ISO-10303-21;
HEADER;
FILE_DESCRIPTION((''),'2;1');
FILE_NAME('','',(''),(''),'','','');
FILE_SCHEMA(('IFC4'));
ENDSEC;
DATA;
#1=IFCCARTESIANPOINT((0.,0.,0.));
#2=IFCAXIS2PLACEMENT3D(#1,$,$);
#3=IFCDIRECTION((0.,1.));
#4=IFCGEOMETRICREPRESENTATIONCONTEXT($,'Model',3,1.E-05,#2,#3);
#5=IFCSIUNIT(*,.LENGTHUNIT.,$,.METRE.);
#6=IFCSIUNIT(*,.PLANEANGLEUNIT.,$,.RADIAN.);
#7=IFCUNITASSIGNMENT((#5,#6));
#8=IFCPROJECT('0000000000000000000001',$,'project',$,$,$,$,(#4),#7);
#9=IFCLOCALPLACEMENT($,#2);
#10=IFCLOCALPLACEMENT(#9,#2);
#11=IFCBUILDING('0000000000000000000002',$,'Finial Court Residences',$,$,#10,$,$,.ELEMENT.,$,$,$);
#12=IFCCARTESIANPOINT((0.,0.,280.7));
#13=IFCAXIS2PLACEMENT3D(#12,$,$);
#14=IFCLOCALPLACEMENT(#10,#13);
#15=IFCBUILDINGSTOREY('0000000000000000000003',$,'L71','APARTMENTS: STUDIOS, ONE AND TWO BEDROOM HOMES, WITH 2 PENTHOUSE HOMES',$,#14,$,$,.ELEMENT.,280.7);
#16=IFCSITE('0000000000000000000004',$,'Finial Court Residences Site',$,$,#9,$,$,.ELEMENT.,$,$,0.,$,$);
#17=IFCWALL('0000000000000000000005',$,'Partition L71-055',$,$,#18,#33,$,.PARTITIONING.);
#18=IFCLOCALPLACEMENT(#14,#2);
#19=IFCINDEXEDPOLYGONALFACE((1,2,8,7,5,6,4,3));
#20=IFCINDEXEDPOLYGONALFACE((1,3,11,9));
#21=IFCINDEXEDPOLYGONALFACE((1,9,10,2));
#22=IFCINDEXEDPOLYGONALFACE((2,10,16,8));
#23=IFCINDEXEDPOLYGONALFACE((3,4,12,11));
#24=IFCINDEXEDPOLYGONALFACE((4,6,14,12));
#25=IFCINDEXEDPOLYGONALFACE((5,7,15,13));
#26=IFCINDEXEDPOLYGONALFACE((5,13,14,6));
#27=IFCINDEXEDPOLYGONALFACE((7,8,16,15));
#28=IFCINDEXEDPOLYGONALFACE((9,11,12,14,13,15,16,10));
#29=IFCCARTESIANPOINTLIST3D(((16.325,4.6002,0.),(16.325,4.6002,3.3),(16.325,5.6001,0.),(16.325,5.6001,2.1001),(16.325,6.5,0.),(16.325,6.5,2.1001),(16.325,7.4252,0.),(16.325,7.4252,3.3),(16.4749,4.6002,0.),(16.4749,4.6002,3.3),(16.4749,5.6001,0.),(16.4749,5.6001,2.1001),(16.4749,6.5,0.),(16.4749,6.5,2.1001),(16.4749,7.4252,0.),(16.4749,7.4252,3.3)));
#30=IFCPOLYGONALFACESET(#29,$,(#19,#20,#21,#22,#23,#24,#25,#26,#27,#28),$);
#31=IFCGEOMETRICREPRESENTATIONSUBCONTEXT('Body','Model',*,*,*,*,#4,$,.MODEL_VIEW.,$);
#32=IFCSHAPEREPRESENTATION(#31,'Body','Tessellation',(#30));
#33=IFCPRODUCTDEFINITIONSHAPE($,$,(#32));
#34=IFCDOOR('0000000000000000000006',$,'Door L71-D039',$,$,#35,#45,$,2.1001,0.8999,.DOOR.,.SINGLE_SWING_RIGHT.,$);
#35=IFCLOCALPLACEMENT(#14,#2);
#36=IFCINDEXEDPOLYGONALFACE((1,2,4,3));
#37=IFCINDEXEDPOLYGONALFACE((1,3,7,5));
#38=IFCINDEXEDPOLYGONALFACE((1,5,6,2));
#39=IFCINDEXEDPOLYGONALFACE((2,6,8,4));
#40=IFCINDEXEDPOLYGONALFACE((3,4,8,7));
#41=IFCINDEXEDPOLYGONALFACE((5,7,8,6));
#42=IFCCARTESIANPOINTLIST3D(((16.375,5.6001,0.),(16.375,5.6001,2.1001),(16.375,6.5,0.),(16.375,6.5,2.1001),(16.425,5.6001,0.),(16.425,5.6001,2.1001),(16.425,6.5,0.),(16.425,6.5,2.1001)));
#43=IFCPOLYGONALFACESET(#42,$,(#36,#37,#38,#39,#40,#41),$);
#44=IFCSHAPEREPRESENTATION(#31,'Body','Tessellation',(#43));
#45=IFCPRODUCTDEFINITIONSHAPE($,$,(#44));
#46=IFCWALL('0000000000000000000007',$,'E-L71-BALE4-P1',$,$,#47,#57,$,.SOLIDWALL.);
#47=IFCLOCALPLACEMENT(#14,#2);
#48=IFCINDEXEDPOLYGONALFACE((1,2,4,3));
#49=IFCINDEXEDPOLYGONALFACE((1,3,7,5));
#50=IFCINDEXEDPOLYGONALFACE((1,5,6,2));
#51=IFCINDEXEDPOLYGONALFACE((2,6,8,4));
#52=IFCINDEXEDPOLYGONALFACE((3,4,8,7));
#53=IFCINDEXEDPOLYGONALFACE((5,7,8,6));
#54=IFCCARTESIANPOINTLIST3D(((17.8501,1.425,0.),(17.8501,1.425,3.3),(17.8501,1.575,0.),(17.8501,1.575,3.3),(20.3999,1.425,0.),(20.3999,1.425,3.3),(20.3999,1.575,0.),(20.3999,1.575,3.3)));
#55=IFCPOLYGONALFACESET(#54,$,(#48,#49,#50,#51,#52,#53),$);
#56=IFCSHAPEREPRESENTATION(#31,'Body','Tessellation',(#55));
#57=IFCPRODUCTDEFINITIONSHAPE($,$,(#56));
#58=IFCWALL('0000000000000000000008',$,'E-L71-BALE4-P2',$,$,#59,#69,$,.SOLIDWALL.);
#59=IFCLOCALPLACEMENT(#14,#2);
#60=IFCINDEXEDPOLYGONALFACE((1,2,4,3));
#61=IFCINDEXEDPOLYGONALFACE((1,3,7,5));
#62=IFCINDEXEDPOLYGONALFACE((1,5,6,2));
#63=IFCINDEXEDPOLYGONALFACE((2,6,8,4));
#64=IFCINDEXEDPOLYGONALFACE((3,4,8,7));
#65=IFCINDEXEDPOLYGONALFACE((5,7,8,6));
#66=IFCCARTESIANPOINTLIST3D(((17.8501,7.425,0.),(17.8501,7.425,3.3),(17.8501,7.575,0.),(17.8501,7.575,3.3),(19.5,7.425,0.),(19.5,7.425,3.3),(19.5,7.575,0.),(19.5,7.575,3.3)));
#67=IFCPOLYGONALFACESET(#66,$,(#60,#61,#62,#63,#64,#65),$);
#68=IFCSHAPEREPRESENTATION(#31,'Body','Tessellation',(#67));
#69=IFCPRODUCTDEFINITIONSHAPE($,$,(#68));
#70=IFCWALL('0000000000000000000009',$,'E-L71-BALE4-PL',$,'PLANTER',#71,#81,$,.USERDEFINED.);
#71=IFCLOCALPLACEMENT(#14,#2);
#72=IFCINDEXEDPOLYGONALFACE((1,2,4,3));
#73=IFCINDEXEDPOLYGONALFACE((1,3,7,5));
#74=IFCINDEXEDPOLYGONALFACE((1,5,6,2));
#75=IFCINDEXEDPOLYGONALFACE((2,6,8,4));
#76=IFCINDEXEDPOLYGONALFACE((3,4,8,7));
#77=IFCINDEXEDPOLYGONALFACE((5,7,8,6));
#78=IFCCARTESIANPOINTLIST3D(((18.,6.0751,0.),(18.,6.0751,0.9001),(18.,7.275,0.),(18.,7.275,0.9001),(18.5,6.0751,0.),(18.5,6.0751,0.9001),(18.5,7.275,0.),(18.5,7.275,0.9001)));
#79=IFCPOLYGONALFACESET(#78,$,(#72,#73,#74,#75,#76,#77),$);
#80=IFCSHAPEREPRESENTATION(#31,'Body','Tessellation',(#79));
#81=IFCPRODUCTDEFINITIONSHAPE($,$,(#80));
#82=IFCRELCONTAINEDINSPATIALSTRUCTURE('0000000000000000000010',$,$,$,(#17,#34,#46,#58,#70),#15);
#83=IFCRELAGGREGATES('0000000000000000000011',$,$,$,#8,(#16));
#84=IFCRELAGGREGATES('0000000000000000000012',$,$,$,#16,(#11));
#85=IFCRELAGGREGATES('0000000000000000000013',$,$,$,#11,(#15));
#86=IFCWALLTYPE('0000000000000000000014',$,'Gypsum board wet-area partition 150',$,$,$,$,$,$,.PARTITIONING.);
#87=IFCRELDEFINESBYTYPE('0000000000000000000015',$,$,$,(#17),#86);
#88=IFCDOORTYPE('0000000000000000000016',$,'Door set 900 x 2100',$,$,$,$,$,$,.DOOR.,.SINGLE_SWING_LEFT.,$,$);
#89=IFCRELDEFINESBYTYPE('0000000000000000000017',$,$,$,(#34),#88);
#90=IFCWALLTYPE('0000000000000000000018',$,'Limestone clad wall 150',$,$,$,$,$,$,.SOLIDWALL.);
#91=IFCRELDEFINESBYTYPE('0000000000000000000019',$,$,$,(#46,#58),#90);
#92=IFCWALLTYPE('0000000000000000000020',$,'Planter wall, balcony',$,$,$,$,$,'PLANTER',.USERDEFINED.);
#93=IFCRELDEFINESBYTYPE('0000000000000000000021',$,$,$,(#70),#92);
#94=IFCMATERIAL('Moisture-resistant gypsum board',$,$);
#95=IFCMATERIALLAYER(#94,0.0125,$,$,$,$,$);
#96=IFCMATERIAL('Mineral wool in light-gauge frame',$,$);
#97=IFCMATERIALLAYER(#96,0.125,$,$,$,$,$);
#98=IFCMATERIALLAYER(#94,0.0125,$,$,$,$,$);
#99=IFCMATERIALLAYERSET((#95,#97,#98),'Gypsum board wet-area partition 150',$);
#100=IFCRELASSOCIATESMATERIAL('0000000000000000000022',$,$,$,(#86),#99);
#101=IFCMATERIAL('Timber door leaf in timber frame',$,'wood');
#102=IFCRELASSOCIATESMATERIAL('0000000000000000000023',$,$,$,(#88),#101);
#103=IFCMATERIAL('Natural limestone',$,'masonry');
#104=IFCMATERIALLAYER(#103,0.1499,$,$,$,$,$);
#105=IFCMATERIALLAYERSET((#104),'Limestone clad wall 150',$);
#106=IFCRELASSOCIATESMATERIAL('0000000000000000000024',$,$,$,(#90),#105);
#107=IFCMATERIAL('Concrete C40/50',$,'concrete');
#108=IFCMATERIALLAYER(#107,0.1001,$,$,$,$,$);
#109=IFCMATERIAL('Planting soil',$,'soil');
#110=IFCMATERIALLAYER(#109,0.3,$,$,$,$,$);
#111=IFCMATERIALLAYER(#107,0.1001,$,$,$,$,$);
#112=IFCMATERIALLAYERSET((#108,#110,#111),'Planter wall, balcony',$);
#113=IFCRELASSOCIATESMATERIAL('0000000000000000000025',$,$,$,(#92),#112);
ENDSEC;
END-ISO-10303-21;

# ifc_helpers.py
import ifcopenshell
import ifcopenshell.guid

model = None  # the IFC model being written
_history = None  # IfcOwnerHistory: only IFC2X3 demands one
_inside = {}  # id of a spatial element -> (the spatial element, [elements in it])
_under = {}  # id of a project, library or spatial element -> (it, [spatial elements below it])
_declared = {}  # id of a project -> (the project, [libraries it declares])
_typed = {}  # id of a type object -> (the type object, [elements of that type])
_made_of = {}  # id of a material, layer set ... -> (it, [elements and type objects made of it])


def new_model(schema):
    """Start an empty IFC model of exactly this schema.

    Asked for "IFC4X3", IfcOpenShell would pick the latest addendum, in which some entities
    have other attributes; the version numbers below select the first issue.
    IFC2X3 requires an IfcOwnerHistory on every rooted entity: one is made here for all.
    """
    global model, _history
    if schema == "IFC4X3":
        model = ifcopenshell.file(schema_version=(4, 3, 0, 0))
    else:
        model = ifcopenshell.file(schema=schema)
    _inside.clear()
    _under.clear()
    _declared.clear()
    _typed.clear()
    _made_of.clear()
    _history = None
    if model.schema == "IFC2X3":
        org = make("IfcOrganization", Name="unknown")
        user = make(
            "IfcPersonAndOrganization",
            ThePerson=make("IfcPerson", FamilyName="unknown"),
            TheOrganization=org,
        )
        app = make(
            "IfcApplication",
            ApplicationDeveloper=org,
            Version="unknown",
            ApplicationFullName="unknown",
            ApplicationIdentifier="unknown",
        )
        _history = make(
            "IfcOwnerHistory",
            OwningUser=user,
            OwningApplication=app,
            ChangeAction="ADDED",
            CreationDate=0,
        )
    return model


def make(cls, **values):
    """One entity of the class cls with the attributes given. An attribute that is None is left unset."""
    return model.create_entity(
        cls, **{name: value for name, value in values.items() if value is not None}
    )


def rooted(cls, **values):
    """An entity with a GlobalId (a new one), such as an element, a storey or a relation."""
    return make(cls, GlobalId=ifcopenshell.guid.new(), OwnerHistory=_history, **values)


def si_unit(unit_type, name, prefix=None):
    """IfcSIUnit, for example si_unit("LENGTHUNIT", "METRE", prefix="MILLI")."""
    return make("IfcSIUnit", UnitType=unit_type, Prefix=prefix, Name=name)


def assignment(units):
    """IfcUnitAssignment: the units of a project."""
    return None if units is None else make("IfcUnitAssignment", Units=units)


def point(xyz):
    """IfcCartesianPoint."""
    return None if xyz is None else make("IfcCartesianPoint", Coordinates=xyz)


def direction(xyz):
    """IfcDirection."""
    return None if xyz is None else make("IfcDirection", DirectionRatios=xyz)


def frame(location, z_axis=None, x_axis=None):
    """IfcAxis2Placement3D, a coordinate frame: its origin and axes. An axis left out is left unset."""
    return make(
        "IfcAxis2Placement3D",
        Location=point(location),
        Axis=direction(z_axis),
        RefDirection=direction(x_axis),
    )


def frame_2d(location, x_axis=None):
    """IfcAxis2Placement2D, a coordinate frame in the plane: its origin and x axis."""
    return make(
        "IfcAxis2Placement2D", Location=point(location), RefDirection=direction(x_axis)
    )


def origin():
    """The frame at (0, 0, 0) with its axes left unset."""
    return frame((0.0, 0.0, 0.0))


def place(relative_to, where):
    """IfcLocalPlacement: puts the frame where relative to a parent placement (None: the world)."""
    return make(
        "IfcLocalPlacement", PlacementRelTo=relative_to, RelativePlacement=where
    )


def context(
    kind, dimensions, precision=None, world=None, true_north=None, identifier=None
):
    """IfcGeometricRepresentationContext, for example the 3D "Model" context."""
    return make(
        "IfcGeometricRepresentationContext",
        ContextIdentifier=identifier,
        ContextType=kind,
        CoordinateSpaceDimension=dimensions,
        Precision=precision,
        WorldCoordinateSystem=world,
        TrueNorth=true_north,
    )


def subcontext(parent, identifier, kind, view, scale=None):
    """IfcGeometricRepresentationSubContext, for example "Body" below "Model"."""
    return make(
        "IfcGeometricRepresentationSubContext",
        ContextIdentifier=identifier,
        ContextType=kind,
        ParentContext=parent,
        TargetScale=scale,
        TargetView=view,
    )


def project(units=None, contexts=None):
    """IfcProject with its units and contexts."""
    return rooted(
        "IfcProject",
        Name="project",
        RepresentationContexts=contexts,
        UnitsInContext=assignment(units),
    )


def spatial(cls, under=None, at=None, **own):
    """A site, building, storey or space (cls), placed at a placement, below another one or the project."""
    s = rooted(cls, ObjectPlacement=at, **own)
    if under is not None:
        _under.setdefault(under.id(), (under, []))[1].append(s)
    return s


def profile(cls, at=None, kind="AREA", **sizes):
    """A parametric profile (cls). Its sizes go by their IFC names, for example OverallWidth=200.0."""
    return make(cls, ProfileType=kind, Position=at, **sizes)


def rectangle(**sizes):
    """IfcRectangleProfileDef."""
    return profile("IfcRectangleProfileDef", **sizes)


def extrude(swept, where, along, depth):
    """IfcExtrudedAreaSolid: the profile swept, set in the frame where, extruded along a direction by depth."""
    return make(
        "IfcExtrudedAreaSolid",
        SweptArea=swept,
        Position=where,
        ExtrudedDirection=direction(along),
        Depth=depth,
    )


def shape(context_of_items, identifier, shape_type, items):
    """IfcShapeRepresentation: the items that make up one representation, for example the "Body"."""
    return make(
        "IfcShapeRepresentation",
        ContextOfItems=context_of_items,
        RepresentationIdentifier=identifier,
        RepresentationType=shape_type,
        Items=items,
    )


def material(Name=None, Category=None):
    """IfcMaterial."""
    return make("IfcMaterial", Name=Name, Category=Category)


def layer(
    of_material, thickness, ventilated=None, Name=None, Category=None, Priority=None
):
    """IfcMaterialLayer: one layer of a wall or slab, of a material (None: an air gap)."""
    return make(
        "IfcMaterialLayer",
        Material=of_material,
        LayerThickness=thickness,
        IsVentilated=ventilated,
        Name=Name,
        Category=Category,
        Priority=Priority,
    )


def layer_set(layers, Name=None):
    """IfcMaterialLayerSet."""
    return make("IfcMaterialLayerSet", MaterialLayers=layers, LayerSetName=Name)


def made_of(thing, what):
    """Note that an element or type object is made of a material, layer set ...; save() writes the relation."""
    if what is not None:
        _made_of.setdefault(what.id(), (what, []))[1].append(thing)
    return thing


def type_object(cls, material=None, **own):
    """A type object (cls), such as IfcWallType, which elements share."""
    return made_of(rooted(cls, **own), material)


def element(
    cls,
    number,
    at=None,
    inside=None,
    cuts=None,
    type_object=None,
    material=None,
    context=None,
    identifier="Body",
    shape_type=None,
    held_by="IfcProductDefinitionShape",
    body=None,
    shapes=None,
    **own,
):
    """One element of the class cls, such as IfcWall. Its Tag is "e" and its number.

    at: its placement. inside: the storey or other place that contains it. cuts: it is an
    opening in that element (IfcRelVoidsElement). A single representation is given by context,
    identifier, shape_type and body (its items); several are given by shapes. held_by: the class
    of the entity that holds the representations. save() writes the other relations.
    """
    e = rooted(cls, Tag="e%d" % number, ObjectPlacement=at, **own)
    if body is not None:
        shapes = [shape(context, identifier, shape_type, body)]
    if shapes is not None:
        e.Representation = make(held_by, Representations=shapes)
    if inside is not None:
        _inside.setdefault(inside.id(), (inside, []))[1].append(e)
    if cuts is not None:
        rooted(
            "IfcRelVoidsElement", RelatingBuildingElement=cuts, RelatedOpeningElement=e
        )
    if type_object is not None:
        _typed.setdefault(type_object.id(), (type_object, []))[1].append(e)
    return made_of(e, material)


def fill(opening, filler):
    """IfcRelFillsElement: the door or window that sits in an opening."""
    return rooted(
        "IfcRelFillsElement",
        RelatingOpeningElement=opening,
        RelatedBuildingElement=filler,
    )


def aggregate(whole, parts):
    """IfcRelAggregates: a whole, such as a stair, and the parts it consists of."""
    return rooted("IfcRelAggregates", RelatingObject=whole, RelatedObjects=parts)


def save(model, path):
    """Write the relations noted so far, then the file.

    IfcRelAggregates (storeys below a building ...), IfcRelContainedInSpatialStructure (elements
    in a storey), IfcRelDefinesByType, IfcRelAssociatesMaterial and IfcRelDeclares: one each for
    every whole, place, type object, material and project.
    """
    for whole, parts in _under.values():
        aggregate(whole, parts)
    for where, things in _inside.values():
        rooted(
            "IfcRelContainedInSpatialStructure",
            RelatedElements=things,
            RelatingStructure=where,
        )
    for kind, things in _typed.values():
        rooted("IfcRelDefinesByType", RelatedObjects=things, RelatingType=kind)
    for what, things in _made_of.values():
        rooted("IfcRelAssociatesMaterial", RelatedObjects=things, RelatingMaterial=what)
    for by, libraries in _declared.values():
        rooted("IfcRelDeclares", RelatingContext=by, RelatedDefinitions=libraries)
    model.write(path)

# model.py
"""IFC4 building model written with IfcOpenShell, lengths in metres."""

from ifc_helpers import new_model, si_unit, direction, frame, frame_2d, origin, place, context, subcontext, project, spatial, rectangle, extrude, material, layer, layer_set, type_object, element, fill, save


model = new_model("IFC4")

# Units and contexts
model_context = context("Model", 3, precision=1e-05, world=origin(), true_north=direction((0.0, 1.0)))
body_context = subcontext(model_context, "Body", "Model", "MODEL_VIEW")
ifc_project = project(units=[si_unit("LENGTHUNIT", "METRE"), si_unit("PLANEANGLEUNIT", "RADIAN")], contexts=[model_context])

# Site, building, storey
site_placement = place(None, origin())
site = spatial("IfcSite", under=ifc_project, at=site_placement, Name="Finial Court Residences Site", CompositionType="ELEMENT", RefElevation=0.0)
building_placement = place(site_placement, origin())
building = spatial("IfcBuilding", under=site, at=building_placement, Name="Finial Court Residences", CompositionType="ELEMENT")
storey_placement = place(building_placement, frame((0.0, 0.0, 280.7)))
storey = spatial("IfcBuildingStorey", under=building, at=storey_placement, Name="L71", Description="APARTMENTS: STUDIOS, ONE AND TWO BEDROOM HOMES, WITH 2 PENTHOUSE HOMES", CompositionType="ELEMENT", Elevation=280.7)

# Shared definitions
ifc_material_1 = material(Name="Mineral wool in light-gauge frame")

# Shared definitions
ifc_material_2 = material(Name="Moisture-resistant gypsum board")
ifc_layer_1 = layer(ifc_material_2, 0.0125)
ifc_layer_2 = layer(ifc_material_1, 0.125)
ifc_layer_3 = layer(ifc_material_2, 0.0125)
ifc_layer_set_1 = layer_set([ifc_layer_1, ifc_layer_2, ifc_layer_3], Name="Gypsum board wet-area partition 150")
wall_type_1 = type_object("IfcWallType", Name="Gypsum board wet-area partition 150", PredefinedType="PARTITIONING", material=ifc_layer_set_1)
ifc_material_3 = material(Name="Timber door leaf in timber frame", Category="wood")
door_type_1 = type_object("IfcDoorType", Name="Door set 900 x 2100", OperationType="SINGLE_SWING_LEFT", PredefinedType="DOOR", material=ifc_material_3)

# Wall, opening, door
wall_1_placement = place(storey_placement, frame((16.3999, 4.6001, 0.0), z_axis=(0.0, 0.0, 1.0), x_axis=(0.0, 1.0, 0.0)))
wall_1 = element("IfcWall", 1, at=wall_1_placement, inside=storey, type_object=wall_type_1, Name="Partition L71-055", PredefinedType="PARTITIONING", context=body_context, shape_type="SweptSolid", body=[
    extrude(rectangle(XDim=2.825, YDim=0.1499, at=frame_2d((1.4126, 0.0))), origin(), (0.0, 0.0, 1.0), 3.3),
])
opening_1_placement = place(wall_1_placement, frame((1.0, 0.0, 0.0)))
opening_1 = element("IfcOpeningElement", 2, at=opening_1_placement, cuts=wall_1, PredefinedType="OPENING", context=body_context, shape_type="SweptSolid", body=[
    extrude(rectangle(XDim=0.8999, YDim=2.1001, at=frame_2d((0.45, 1.05))), frame((0.0, 0.085, 0.0), z_axis=(0.0, -1.0, 0.0), x_axis=(1.0, 0.0, 0.0)), (0.0, 0.0, 1.0), 0.1699),
])
door_1_placement = place(opening_1_placement, origin())
door_1 = element("IfcDoor", 3, at=door_1_placement, inside=storey, type_object=door_type_1, Name="Door L71-D039", OperationType="SINGLE_SWING_RIGHT", OverallHeight=2.1001, OverallWidth=0.8999, PredefinedType="DOOR", context=body_context, shape_type="SweptSolid", body=[
    extrude(rectangle(XDim=0.8999, YDim=2.1001, at=frame_2d((0.45, 1.05))), frame((0.0, 0.0249, 0.0), z_axis=(0.0, -1.0, 0.0), x_axis=(1.0, 0.0, 0.0)), (0.0, 0.0, 1.0), 0.05),
])
fill(opening_1, door_1)

# Walls
ifc_material_4 = material(Name="Natural limestone", Category="masonry")
ifc_layer_4 = layer(ifc_material_4, 0.1499)
ifc_layer_set_2 = layer_set([ifc_layer_4], Name="Limestone clad wall 150")
wall_type_2 = type_object("IfcWallType", Name="Limestone clad wall 150", PredefinedType="SOLIDWALL", material=ifc_layer_set_2)
wall_2_placement = place(storey_placement, frame((17.8501, 1.5, 0.0), z_axis=(0.0, 0.0, 1.0), x_axis=(1.0, 0.0, 0.0)))
element("IfcWall", 4, at=wall_2_placement, inside=storey, type_object=wall_type_2, Name="E-L71-BALE4-P1", PredefinedType="SOLIDWALL", context=body_context, shape_type="SweptSolid", body=[
    extrude(rectangle(XDim=2.5498, YDim=0.1499, at=frame_2d((1.2749, 0.0))), origin(), (0.0, 0.0, 1.0), 3.3),
])
wall_3_placement = place(storey_placement, frame((17.8501, 7.5, 0.0), z_axis=(0.0, 0.0, 1.0), x_axis=(1.0, 0.0, 0.0)))
element("IfcWall", 5, at=wall_3_placement, inside=storey, type_object=wall_type_2, Name="E-L71-BALE4-P2", PredefinedType="SOLIDWALL", context=body_context, shape_type="SweptSolid", body=[
    extrude(rectangle(XDim=1.6499, YDim=0.1499, at=frame_2d((0.825, 0.0))), origin(), (0.0, 0.0, 1.0), 3.3),
])

# Wall
ifc_material_5 = material(Name="Concrete C40/50", Category="concrete")
ifc_layer_5 = layer(ifc_material_5, 0.1001)
ifc_material_6 = material(Name="Planting soil", Category="soil")
ifc_layer_6 = layer(ifc_material_6, 0.3)
ifc_layer_7 = layer(ifc_material_5, 0.1001)
ifc_layer_set_3 = layer_set([ifc_layer_5, ifc_layer_6, ifc_layer_7], Name="Planter wall, balcony")
wall_type_3 = type_object("IfcWallType", Name="Planter wall, balcony", ElementType="PLANTER", PredefinedType="USERDEFINED", material=ifc_layer_set_3)
wall_4_placement = place(storey_placement, frame((18.25, 6.075, 0.0), z_axis=(0.0, 0.0, 1.0), x_axis=(0.0, 1.0, 0.0)))
element("IfcWall", 6, at=wall_4_placement, inside=storey, type_object=wall_type_3, Name="E-L71-BALE4-PL", ObjectType="PLANTER", PredefinedType="USERDEFINED", context=body_context, shape_type="SweptSolid", body=[
    extrude(rectangle(XDim=1.2, YDim=0.5, at=frame_2d((0.6001, 0.0))), origin(), (0.0, 0.0, 1.0), 0.9001),
])

save(model, "model.ifc")
